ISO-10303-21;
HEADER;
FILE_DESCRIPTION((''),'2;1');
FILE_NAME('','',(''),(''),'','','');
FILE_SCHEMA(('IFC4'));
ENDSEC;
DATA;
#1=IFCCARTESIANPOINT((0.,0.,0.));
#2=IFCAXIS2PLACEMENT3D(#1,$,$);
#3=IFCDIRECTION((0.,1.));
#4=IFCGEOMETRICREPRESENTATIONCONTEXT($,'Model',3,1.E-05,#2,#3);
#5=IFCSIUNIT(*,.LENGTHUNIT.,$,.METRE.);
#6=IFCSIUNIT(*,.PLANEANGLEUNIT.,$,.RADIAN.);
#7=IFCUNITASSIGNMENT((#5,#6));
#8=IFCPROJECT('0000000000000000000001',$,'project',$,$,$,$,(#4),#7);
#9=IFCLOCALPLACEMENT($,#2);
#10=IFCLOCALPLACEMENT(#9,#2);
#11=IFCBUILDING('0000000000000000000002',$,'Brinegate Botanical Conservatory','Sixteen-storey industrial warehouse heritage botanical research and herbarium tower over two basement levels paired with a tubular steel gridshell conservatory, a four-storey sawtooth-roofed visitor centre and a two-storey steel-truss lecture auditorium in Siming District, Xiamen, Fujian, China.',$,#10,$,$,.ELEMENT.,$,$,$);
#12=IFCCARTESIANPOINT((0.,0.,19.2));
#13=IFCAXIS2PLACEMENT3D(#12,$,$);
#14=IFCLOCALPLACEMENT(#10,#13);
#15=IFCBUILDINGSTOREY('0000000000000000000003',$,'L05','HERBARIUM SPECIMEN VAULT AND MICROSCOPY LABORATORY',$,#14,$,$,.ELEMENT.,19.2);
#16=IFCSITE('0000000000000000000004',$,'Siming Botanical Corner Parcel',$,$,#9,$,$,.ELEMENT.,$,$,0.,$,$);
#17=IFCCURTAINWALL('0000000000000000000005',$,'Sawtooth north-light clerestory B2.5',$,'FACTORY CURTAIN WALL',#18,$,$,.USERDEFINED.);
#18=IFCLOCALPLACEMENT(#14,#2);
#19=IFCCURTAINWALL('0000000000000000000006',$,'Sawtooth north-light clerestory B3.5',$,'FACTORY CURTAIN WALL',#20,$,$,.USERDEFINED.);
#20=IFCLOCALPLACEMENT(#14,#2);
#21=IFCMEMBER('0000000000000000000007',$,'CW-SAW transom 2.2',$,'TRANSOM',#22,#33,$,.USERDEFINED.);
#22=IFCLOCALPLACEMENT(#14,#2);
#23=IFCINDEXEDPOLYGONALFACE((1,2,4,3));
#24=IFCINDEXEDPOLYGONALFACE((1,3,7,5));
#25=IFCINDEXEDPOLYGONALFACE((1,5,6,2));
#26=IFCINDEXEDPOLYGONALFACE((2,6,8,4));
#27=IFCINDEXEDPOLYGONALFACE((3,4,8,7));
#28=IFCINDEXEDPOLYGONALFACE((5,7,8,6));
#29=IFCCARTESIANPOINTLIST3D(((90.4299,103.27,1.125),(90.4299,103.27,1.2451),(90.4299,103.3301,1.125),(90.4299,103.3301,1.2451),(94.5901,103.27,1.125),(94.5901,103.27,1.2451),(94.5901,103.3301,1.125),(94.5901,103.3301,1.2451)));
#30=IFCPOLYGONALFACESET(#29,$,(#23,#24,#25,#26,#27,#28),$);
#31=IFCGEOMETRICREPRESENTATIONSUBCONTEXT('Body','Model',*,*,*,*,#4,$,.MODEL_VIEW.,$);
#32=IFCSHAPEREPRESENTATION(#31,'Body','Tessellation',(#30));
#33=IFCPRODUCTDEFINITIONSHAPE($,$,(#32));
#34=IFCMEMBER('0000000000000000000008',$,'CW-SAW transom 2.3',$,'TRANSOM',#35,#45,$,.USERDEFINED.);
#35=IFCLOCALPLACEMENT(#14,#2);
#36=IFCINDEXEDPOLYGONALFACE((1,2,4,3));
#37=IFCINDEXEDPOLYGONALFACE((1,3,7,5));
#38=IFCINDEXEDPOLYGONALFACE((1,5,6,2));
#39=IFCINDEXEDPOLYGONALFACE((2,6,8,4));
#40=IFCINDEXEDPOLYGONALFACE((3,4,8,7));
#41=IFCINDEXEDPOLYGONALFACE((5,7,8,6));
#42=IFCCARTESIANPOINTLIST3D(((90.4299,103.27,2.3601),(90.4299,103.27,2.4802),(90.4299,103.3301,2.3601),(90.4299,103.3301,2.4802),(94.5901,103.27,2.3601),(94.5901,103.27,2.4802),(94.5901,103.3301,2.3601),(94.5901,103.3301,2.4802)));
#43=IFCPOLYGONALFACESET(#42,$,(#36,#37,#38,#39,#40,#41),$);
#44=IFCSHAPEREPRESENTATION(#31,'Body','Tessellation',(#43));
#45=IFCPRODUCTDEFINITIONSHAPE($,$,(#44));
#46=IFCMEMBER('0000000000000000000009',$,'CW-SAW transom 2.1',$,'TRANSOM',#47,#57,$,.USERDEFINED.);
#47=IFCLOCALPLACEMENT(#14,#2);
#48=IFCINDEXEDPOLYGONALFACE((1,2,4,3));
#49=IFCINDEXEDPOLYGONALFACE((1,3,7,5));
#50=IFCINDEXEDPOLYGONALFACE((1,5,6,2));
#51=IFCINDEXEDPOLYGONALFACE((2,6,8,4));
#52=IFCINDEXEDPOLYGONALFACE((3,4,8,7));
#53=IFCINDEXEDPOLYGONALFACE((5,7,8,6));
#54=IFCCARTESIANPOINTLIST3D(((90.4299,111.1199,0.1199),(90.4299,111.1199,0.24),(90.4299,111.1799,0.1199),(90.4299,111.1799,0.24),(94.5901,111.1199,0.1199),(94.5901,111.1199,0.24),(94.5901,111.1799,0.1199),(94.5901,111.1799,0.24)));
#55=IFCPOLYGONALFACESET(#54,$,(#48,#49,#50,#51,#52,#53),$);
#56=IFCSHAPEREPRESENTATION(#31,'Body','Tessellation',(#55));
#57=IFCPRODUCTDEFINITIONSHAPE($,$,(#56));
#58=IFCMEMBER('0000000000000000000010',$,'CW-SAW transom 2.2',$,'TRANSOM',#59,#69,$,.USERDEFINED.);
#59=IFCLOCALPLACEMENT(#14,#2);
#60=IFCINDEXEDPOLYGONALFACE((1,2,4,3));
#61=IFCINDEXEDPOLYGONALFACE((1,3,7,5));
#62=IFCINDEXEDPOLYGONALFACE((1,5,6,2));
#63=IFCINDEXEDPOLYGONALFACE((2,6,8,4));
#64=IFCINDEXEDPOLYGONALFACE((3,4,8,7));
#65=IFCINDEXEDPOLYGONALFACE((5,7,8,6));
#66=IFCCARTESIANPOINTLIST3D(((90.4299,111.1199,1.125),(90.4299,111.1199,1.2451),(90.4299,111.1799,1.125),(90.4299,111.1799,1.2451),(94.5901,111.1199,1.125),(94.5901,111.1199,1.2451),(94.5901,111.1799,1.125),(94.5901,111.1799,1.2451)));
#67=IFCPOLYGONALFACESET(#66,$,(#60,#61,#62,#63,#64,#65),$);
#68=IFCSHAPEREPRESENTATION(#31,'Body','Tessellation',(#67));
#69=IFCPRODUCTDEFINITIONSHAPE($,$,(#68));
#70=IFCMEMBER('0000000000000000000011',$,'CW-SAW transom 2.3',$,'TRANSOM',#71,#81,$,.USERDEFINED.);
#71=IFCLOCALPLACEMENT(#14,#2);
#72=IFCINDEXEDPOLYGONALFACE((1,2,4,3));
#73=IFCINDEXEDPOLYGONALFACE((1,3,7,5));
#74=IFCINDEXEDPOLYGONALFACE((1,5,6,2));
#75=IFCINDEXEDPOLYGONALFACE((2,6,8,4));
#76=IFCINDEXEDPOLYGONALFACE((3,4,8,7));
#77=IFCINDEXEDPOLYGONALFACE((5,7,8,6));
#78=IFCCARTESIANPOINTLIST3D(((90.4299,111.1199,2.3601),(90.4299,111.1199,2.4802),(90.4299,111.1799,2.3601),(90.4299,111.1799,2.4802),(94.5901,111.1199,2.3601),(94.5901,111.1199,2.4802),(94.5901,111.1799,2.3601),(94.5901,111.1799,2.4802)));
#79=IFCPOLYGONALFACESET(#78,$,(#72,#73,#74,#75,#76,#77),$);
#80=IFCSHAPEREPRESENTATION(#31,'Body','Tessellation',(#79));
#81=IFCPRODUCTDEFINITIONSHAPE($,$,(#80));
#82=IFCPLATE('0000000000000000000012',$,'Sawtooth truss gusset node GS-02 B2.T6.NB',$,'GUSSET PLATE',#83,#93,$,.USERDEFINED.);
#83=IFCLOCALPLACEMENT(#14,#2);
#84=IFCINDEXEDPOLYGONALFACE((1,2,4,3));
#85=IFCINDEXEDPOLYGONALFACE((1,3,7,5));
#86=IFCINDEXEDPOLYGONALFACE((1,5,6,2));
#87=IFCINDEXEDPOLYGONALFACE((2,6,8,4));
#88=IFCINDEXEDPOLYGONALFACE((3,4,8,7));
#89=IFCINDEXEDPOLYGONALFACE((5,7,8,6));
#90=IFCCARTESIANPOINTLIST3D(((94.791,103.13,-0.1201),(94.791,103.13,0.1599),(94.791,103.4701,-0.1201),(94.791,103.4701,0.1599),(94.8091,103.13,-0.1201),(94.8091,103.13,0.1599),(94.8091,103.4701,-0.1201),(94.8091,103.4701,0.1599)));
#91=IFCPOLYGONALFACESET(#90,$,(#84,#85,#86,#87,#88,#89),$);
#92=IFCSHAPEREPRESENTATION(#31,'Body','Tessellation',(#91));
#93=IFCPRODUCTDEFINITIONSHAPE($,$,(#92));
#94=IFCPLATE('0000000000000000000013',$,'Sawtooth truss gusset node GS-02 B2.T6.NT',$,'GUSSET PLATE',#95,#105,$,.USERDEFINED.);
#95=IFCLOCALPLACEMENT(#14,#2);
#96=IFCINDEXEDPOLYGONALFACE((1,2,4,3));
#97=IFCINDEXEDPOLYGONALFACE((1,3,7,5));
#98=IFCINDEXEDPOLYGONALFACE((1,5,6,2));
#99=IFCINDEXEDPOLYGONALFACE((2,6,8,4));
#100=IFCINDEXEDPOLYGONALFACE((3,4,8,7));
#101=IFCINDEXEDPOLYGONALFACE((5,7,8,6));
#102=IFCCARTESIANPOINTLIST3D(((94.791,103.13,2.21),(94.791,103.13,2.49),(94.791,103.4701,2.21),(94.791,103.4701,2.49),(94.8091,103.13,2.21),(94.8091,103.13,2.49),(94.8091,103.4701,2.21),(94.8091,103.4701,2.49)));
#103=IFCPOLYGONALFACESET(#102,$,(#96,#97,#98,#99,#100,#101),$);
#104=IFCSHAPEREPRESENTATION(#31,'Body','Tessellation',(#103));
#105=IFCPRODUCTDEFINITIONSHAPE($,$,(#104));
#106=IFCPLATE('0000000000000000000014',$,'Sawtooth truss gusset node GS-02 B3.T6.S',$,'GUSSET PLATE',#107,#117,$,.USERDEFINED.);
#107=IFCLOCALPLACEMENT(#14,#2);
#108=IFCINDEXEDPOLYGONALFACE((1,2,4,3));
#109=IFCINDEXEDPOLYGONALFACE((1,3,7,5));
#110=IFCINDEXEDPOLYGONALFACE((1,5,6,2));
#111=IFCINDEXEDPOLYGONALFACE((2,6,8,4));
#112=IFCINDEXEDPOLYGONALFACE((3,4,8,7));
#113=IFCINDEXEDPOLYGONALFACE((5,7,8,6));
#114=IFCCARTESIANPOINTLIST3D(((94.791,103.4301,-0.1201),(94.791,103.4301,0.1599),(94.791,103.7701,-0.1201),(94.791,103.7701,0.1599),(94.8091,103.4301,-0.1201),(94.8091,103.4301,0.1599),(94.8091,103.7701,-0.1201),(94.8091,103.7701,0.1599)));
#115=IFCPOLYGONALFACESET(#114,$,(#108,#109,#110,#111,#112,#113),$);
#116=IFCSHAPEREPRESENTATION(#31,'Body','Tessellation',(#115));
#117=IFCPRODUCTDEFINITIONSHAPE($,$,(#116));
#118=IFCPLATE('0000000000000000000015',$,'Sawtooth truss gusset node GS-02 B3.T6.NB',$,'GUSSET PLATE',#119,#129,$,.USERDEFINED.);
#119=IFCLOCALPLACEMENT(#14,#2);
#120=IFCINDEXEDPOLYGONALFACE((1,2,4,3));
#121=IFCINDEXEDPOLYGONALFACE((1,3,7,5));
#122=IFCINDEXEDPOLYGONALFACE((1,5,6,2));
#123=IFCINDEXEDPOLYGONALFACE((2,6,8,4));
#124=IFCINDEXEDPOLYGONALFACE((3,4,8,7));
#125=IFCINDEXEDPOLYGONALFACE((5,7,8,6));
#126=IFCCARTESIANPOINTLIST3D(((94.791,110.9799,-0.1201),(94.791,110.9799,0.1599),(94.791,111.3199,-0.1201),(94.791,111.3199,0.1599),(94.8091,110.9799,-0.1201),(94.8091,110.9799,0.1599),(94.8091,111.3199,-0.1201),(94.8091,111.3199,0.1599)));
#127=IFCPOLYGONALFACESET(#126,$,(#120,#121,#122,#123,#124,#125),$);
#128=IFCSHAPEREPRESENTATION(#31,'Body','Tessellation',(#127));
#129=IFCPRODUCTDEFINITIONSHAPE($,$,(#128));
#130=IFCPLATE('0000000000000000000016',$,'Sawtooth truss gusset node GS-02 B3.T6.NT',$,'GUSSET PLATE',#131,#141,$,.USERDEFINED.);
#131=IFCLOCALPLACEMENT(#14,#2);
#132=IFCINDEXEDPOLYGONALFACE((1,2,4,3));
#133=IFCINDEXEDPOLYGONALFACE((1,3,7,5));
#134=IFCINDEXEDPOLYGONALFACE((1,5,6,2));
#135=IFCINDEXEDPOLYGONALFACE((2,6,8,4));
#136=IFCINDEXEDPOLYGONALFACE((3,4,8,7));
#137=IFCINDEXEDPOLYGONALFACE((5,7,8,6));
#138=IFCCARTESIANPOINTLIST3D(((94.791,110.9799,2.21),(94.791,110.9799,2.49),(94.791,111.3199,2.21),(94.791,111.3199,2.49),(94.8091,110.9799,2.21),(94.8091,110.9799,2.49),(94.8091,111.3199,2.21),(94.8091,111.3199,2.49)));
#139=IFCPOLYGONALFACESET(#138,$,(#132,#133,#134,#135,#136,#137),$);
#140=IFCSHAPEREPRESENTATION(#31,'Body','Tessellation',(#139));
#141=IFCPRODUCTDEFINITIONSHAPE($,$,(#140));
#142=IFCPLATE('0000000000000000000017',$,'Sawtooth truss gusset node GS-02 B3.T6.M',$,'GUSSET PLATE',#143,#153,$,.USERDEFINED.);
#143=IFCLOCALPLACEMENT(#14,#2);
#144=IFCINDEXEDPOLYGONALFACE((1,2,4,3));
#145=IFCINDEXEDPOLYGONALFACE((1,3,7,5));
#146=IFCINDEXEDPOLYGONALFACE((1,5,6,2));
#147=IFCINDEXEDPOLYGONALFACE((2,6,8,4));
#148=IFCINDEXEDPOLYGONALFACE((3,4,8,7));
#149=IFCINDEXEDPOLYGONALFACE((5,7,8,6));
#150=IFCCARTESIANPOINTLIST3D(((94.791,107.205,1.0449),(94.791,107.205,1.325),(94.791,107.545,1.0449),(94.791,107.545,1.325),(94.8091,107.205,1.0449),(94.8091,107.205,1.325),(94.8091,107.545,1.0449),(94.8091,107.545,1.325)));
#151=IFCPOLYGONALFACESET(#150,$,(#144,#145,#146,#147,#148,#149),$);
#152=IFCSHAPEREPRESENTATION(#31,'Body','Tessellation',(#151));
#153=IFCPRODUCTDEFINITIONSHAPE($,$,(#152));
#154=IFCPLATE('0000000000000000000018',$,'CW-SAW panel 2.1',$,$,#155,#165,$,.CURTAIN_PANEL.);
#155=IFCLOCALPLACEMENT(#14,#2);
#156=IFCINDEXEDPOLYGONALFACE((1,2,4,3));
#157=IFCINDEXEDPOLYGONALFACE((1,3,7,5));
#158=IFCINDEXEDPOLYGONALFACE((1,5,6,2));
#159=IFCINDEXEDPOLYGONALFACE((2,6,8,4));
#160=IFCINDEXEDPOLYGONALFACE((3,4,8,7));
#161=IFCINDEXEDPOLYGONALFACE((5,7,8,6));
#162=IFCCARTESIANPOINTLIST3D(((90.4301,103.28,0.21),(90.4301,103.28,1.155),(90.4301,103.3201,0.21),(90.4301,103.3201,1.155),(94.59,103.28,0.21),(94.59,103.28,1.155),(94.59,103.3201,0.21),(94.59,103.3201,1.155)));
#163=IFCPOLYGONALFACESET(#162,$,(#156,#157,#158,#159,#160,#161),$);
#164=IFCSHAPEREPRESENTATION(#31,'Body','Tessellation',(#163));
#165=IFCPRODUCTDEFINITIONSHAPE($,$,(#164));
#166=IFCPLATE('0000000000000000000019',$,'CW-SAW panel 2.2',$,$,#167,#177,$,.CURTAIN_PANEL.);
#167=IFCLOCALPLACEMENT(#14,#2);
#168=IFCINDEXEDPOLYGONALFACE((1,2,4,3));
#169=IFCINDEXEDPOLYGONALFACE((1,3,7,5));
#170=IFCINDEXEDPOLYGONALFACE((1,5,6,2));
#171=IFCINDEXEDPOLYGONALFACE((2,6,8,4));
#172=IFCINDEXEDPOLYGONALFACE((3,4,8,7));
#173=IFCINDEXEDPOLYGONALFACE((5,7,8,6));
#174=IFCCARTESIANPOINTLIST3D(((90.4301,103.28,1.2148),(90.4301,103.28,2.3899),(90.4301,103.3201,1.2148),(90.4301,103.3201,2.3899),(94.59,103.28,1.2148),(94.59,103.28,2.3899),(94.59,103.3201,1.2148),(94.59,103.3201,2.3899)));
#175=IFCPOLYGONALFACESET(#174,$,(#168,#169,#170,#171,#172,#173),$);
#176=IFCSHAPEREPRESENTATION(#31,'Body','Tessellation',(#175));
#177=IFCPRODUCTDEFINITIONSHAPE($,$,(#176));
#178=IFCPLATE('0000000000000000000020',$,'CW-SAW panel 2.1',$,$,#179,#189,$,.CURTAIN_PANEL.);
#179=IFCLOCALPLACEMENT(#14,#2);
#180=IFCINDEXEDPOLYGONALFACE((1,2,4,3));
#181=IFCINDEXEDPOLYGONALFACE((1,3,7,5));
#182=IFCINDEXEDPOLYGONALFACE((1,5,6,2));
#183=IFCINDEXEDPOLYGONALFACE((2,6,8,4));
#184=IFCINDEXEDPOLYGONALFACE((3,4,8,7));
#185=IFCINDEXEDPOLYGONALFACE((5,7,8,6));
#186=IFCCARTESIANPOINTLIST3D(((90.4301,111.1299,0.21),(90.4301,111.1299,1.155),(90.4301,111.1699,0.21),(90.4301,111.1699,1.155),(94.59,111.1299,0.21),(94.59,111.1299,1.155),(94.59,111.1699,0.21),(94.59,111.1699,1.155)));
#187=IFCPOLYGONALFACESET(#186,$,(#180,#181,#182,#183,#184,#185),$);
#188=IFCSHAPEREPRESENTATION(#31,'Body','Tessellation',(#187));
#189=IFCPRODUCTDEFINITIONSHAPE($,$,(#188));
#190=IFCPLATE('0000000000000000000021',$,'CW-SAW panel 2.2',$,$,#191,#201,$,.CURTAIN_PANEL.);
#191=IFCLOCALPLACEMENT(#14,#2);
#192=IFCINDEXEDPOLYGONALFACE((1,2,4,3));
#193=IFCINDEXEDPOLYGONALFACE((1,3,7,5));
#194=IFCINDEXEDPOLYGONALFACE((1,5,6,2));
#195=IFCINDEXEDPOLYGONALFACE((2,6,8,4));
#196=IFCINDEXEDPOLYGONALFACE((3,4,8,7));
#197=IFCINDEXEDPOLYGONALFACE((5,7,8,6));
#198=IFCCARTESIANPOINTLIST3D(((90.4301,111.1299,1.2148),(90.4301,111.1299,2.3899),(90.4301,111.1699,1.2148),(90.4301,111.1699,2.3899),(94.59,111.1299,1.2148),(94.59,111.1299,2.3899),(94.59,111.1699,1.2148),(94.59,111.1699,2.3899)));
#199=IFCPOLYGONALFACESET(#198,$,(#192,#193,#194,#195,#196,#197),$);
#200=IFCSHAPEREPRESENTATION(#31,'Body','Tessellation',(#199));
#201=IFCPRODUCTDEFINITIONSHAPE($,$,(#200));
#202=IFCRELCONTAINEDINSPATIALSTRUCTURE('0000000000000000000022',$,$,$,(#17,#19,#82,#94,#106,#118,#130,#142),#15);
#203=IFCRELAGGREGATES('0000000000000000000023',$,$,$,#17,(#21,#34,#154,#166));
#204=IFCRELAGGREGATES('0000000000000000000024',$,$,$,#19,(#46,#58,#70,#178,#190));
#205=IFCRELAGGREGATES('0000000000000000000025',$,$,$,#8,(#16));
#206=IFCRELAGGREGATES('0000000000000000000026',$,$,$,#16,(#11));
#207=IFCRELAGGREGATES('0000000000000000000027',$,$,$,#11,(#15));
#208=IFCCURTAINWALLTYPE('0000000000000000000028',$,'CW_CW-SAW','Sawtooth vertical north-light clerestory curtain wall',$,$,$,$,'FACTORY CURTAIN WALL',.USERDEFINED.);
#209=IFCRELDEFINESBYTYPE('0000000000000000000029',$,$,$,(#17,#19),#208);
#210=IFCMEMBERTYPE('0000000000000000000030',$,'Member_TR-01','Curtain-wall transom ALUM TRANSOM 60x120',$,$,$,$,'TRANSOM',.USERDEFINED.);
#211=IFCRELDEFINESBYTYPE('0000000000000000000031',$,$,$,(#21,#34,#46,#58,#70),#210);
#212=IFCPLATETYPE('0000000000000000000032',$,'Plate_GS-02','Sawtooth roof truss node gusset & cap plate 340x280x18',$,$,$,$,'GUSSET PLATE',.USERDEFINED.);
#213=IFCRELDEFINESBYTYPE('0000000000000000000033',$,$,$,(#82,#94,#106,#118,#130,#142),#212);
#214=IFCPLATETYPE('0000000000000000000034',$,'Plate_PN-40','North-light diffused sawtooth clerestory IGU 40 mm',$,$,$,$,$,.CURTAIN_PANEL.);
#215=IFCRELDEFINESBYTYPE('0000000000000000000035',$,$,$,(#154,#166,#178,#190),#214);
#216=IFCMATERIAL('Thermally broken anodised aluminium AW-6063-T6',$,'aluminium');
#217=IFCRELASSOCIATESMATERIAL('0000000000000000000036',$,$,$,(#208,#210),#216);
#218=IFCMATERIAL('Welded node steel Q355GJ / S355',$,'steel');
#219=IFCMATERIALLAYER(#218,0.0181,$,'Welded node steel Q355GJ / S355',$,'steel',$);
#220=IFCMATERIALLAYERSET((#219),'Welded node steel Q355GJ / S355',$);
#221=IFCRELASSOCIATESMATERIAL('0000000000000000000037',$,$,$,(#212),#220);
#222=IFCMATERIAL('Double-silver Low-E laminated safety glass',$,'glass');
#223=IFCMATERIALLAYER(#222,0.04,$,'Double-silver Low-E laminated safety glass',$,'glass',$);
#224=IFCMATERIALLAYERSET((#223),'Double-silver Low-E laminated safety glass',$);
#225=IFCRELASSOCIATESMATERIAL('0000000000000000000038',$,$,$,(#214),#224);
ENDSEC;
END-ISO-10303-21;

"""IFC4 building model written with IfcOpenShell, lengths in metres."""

from ifc_helpers import new_model, si_unit, direction, frame, origin, origin_2d, place, context, subcontext, project, spatial, rectangle, extrude, material, layer, layer_set, material_profile, profile_set, type_object, element, aggregate, save


model = new_model("IFC4")

# Units and contexts
model_context = context("Model", 3, precision=1e-05, world=origin(), true_north=direction((0.0, 1.0)))
body_context = subcontext(model_context, "Body", "Model", "MODEL_VIEW")
ifc_project = project(units=[si_unit("LENGTHUNIT", "METRE"), si_unit("PLANEANGLEUNIT", "RADIAN")], contexts=[model_context])

# Site, building, storey
site_placement = place(None, origin())
site = spatial("IfcSite", under=ifc_project, at=site_placement, Name="Siming Botanical Corner Parcel", CompositionType="ELEMENT", RefElevation=0.0)
building_placement = place(site_placement, origin())
building = spatial("IfcBuilding", under=site, at=building_placement, Name="Brinegate Botanical Conservatory", Description="Sixteen-storey industrial warehouse heritage botanical research and herbarium tower over two basement levels paired with a tubular steel gridshell conservatory, a four-storey sawtooth-roofed visitor centre and a two-storey steel-truss lecture auditorium in Siming District, Xiamen, Fujian, China.", CompositionType="ELEMENT")
storey_placement = place(building_placement, frame((0.0, 0.0, 19.2)))
storey = spatial("IfcBuildingStorey", under=building, at=storey_placement, Name="L05", Description="HERBARIUM SPECIMEN VAULT AND MICROSCOPY LABORATORY", CompositionType="ELEMENT", Elevation=19.2)

# Curtain walls
ifc_material_1 = material(Name="Thermally broken anodised aluminium AW-6063-T6", Category="aluminium")
curtain_wall_type = type_object("IfcCurtainWallType", Name="CW_CW-SAW", Description="Sawtooth vertical north-light clerestory curtain wall", ElementType="FACTORY CURTAIN WALL", PredefinedType="USERDEFINED", material=ifc_material_1)
curtain_wall_1_placement = place(storey_placement, origin())
curtain_wall_1 = element("IfcCurtainWall", 1, at=curtain_wall_1_placement, inside=storey, type_object=curtain_wall_type, Name="Sawtooth north-light clerestory B2.5", ObjectType="FACTORY CURTAIN WALL", PredefinedType="USERDEFINED")
curtain_wall_2_placement = place(storey_placement, origin())
curtain_wall_2 = element("IfcCurtainWall", 2, at=curtain_wall_2_placement, inside=storey, type_object=curtain_wall_type, Name="Sawtooth north-light clerestory B3.5", ObjectType="FACTORY CURTAIN WALL", PredefinedType="USERDEFINED")

# Members
ifc_material_profile_1 = material_profile(ifc_material_1, rectangle(XDim=0.0601, YDim=0.1201, at=origin_2d()), Name="ALUM TRANSOM 60x120")
ifc_profile_set_1 = profile_set([ifc_material_profile_1], Name="Thermally broken anodised aluminium AW-6063-T6")
member_type_1 = type_object("IfcMemberType", Name="Member_TR-01", Description="Curtain-wall transom ALUM TRANSOM 60x120", ElementType="TRANSOM", PredefinedType="USERDEFINED", material=ifc_profile_set_1)
member_1_placement = place(storey_placement, frame((90.4299, 103.3, 1.1851), z_axis=(1.0, 0.0, 0.0), x_axis=(0.0, 1.0, 0.0)))
member_1 = element("IfcMember", 3, at=member_1_placement, type_object=member_type_1, Name="CW-SAW transom 2.2", ObjectType="TRANSOM", PredefinedType="USERDEFINED", context=body_context, shape_type="SweptSolid", body=[
    extrude(rectangle(XDim=0.0601, YDim=0.1201, at=origin_2d()), origin(), (0.0, 0.0, 1.0), 4.1602),
])
member_2_placement = place(storey_placement, frame((90.4299, 103.3, 2.4202), z_axis=(1.0, 0.0, 0.0), x_axis=(0.0, 1.0, 0.0)))
member_2 = element("IfcMember", 4, at=member_2_placement, type_object=member_type_1, Name="CW-SAW transom 2.3", ObjectType="TRANSOM", PredefinedType="USERDEFINED", context=body_context, shape_type="SweptSolid", body=[
    extrude(rectangle(XDim=0.0601, YDim=0.1201, at=origin_2d()), origin(), (0.0, 0.0, 1.0), 4.1602),
])
member_3_placement = place(storey_placement, frame((90.4299, 111.1499, 0.1799), z_axis=(1.0, 0.0, 0.0), x_axis=(0.0, 1.0, 0.0)))
member_3 = element("IfcMember", 5, at=member_3_placement, type_object=member_type_1, Name="CW-SAW transom 2.1", ObjectType="TRANSOM", PredefinedType="USERDEFINED", context=body_context, shape_type="SweptSolid", body=[
    extrude(rectangle(XDim=0.0601, YDim=0.1201, at=origin_2d()), origin(), (0.0, 0.0, 1.0), 4.1602),
])
member_4_placement = place(storey_placement, frame((90.4299, 111.1499, 1.1851), z_axis=(1.0, 0.0, 0.0), x_axis=(0.0, 1.0, 0.0)))
member_4 = element("IfcMember", 6, at=member_4_placement, type_object=member_type_1, Name="CW-SAW transom 2.2", ObjectType="TRANSOM", PredefinedType="USERDEFINED", context=body_context, shape_type="SweptSolid", body=[
    extrude(rectangle(XDim=0.0601, YDim=0.1201, at=origin_2d()), origin(), (0.0, 0.0, 1.0), 4.1602),
])
member_5_placement = place(storey_placement, frame((90.4299, 111.1499, 2.4202), z_axis=(1.0, 0.0, 0.0), x_axis=(0.0, 1.0, 0.0)))
member_5 = element("IfcMember", 7, at=member_5_placement, type_object=member_type_1, Name="CW-SAW transom 2.3", ObjectType="TRANSOM", PredefinedType="USERDEFINED", context=body_context, shape_type="SweptSolid", body=[
    extrude(rectangle(XDim=0.0601, YDim=0.1201, at=origin_2d()), origin(), (0.0, 0.0, 1.0), 4.1602),
])

# Plates
ifc_material_2 = material(Name="Welded node steel Q355GJ / S355", Category="steel")
ifc_layer_1 = layer(ifc_material_2, 0.0181, Name="Welded node steel Q355GJ / S355", Category="steel")
ifc_layer_set_1 = layer_set([ifc_layer_1], Name="Welded node steel Q355GJ / S355")
plate_type_1 = type_object("IfcPlateType", Name="Plate_GS-02", Description="Sawtooth roof truss node gusset & cap plate 340x280x18", ElementType="GUSSET PLATE", PredefinedType="USERDEFINED", material=ifc_layer_set_1)
for number, where, z_axis, x_axis, name in (
    (8, (94.8, 103.3, -0.1201), (0.0, 0.0, 1.0), (1.0, 0.0, 0.0), "Sawtooth truss gusset node GS-02 B2.T6.NB"),
    (9, (94.8, 103.3, 2.21), (0.0, 0.0, 1.0), (1.0, 0.0, 0.0), "Sawtooth truss gusset node GS-02 B2.T6.NT"),
    (10, (94.8, 103.6001, -0.1201), (0.0, 0.0, 1.0), (1.0, 0.0, 0.0), "Sawtooth truss gusset node GS-02 B3.T6.S"),
    (11, (94.8, 111.1499, -0.1201), (0.0, 0.0, 1.0), (1.0, 0.0, 0.0), "Sawtooth truss gusset node GS-02 B3.T6.NB"),
    (12, (94.8, 111.1499, 2.21), (0.0, 0.0, 1.0), (1.0, 0.0, 0.0), "Sawtooth truss gusset node GS-02 B3.T6.NT"),
    (13, (94.8, 107.375, 1.0449), (0.0, 0.0, 1.0), (1.0, 0.0, 0.0), "Sawtooth truss gusset node GS-02 B3.T6.M"),
):
    element("IfcPlate", number, at=place(storey_placement, frame(where, z_axis=z_axis, x_axis=x_axis)), inside=storey, type_object=plate_type_1, Name=name, ObjectType="GUSSET PLATE", PredefinedType="USERDEFINED", context=body_context, shape_type="SweptSolid", body=[
        extrude(rectangle(XDim=0.0181, YDim=0.3401, at=origin_2d()), origin(), (0.0, 0.0, 1.0), 0.28),
    ])

# Plates
ifc_material_3 = material(Name="Double-silver Low-E laminated safety glass", Category="glass")
ifc_layer_2 = layer(ifc_material_3, 0.04, Name="Double-silver Low-E laminated safety glass", Category="glass")
ifc_layer_set_2 = layer_set([ifc_layer_2], Name="Double-silver Low-E laminated safety glass")
plate_type_2 = type_object("IfcPlateType", Name="Plate_PN-40", Description="North-light diffused sawtooth clerestory IGU 40 mm", PredefinedType="CURTAIN_PANEL", material=ifc_layer_set_2)
plate_1_placement = place(storey_placement, frame((92.51, 103.3, 0.21), z_axis=(0.0, 0.0, 1.0), x_axis=(1.0, 0.0, 0.0)))
plate_1 = element("IfcPlate", 14, at=plate_1_placement, type_object=plate_type_2, Name="CW-SAW panel 2.1", PredefinedType="CURTAIN_PANEL", context=body_context, shape_type="SweptSolid", body=[
    extrude(rectangle(XDim=4.1599, YDim=0.04, at=origin_2d()), origin(), (0.0, 0.0, 1.0), 0.9451),
])
plate_2_placement = place(storey_placement, frame((92.51, 103.3, 1.2148), z_axis=(0.0, 0.0, 1.0), x_axis=(1.0, 0.0, 0.0)))
plate_2 = element("IfcPlate", 15, at=plate_2_placement, type_object=plate_type_2, Name="CW-SAW panel 2.2", PredefinedType="CURTAIN_PANEL", context=body_context, shape_type="SweptSolid", body=[
    extrude(rectangle(XDim=4.1599, YDim=0.04, at=origin_2d()), origin(), (0.0, 0.0, 1.0), 1.175),
])
aggregate(curtain_wall_1, [member_1, member_2, plate_1, plate_2])
plate_3_placement = place(storey_placement, frame((92.51, 111.1499, 0.21), z_axis=(0.0, 0.0, 1.0), x_axis=(1.0, 0.0, 0.0)))
plate_3 = element("IfcPlate", 16, at=plate_3_placement, type_object=plate_type_2, Name="CW-SAW panel 2.1", PredefinedType="CURTAIN_PANEL", context=body_context, shape_type="SweptSolid", body=[
    extrude(rectangle(XDim=4.1599, YDim=0.04, at=origin_2d()), origin(), (0.0, 0.0, 1.0), 0.9451),
])
plate_4_placement = place(storey_placement, frame((92.51, 111.1499, 1.2148), z_axis=(0.0, 0.0, 1.0), x_axis=(1.0, 0.0, 0.0)))
plate_4 = element("IfcPlate", 17, at=plate_4_placement, type_object=plate_type_2, Name="CW-SAW panel 2.2", PredefinedType="CURTAIN_PANEL", context=body_context, shape_type="SweptSolid", body=[
    extrude(rectangle(XDim=4.1599, YDim=0.04, at=origin_2d()), origin(), (0.0, 0.0, 1.0), 1.175),
])
aggregate(curtain_wall_2, [member_3, member_4, member_5, plate_3, plate_4])

save(model, "model.ifc")
